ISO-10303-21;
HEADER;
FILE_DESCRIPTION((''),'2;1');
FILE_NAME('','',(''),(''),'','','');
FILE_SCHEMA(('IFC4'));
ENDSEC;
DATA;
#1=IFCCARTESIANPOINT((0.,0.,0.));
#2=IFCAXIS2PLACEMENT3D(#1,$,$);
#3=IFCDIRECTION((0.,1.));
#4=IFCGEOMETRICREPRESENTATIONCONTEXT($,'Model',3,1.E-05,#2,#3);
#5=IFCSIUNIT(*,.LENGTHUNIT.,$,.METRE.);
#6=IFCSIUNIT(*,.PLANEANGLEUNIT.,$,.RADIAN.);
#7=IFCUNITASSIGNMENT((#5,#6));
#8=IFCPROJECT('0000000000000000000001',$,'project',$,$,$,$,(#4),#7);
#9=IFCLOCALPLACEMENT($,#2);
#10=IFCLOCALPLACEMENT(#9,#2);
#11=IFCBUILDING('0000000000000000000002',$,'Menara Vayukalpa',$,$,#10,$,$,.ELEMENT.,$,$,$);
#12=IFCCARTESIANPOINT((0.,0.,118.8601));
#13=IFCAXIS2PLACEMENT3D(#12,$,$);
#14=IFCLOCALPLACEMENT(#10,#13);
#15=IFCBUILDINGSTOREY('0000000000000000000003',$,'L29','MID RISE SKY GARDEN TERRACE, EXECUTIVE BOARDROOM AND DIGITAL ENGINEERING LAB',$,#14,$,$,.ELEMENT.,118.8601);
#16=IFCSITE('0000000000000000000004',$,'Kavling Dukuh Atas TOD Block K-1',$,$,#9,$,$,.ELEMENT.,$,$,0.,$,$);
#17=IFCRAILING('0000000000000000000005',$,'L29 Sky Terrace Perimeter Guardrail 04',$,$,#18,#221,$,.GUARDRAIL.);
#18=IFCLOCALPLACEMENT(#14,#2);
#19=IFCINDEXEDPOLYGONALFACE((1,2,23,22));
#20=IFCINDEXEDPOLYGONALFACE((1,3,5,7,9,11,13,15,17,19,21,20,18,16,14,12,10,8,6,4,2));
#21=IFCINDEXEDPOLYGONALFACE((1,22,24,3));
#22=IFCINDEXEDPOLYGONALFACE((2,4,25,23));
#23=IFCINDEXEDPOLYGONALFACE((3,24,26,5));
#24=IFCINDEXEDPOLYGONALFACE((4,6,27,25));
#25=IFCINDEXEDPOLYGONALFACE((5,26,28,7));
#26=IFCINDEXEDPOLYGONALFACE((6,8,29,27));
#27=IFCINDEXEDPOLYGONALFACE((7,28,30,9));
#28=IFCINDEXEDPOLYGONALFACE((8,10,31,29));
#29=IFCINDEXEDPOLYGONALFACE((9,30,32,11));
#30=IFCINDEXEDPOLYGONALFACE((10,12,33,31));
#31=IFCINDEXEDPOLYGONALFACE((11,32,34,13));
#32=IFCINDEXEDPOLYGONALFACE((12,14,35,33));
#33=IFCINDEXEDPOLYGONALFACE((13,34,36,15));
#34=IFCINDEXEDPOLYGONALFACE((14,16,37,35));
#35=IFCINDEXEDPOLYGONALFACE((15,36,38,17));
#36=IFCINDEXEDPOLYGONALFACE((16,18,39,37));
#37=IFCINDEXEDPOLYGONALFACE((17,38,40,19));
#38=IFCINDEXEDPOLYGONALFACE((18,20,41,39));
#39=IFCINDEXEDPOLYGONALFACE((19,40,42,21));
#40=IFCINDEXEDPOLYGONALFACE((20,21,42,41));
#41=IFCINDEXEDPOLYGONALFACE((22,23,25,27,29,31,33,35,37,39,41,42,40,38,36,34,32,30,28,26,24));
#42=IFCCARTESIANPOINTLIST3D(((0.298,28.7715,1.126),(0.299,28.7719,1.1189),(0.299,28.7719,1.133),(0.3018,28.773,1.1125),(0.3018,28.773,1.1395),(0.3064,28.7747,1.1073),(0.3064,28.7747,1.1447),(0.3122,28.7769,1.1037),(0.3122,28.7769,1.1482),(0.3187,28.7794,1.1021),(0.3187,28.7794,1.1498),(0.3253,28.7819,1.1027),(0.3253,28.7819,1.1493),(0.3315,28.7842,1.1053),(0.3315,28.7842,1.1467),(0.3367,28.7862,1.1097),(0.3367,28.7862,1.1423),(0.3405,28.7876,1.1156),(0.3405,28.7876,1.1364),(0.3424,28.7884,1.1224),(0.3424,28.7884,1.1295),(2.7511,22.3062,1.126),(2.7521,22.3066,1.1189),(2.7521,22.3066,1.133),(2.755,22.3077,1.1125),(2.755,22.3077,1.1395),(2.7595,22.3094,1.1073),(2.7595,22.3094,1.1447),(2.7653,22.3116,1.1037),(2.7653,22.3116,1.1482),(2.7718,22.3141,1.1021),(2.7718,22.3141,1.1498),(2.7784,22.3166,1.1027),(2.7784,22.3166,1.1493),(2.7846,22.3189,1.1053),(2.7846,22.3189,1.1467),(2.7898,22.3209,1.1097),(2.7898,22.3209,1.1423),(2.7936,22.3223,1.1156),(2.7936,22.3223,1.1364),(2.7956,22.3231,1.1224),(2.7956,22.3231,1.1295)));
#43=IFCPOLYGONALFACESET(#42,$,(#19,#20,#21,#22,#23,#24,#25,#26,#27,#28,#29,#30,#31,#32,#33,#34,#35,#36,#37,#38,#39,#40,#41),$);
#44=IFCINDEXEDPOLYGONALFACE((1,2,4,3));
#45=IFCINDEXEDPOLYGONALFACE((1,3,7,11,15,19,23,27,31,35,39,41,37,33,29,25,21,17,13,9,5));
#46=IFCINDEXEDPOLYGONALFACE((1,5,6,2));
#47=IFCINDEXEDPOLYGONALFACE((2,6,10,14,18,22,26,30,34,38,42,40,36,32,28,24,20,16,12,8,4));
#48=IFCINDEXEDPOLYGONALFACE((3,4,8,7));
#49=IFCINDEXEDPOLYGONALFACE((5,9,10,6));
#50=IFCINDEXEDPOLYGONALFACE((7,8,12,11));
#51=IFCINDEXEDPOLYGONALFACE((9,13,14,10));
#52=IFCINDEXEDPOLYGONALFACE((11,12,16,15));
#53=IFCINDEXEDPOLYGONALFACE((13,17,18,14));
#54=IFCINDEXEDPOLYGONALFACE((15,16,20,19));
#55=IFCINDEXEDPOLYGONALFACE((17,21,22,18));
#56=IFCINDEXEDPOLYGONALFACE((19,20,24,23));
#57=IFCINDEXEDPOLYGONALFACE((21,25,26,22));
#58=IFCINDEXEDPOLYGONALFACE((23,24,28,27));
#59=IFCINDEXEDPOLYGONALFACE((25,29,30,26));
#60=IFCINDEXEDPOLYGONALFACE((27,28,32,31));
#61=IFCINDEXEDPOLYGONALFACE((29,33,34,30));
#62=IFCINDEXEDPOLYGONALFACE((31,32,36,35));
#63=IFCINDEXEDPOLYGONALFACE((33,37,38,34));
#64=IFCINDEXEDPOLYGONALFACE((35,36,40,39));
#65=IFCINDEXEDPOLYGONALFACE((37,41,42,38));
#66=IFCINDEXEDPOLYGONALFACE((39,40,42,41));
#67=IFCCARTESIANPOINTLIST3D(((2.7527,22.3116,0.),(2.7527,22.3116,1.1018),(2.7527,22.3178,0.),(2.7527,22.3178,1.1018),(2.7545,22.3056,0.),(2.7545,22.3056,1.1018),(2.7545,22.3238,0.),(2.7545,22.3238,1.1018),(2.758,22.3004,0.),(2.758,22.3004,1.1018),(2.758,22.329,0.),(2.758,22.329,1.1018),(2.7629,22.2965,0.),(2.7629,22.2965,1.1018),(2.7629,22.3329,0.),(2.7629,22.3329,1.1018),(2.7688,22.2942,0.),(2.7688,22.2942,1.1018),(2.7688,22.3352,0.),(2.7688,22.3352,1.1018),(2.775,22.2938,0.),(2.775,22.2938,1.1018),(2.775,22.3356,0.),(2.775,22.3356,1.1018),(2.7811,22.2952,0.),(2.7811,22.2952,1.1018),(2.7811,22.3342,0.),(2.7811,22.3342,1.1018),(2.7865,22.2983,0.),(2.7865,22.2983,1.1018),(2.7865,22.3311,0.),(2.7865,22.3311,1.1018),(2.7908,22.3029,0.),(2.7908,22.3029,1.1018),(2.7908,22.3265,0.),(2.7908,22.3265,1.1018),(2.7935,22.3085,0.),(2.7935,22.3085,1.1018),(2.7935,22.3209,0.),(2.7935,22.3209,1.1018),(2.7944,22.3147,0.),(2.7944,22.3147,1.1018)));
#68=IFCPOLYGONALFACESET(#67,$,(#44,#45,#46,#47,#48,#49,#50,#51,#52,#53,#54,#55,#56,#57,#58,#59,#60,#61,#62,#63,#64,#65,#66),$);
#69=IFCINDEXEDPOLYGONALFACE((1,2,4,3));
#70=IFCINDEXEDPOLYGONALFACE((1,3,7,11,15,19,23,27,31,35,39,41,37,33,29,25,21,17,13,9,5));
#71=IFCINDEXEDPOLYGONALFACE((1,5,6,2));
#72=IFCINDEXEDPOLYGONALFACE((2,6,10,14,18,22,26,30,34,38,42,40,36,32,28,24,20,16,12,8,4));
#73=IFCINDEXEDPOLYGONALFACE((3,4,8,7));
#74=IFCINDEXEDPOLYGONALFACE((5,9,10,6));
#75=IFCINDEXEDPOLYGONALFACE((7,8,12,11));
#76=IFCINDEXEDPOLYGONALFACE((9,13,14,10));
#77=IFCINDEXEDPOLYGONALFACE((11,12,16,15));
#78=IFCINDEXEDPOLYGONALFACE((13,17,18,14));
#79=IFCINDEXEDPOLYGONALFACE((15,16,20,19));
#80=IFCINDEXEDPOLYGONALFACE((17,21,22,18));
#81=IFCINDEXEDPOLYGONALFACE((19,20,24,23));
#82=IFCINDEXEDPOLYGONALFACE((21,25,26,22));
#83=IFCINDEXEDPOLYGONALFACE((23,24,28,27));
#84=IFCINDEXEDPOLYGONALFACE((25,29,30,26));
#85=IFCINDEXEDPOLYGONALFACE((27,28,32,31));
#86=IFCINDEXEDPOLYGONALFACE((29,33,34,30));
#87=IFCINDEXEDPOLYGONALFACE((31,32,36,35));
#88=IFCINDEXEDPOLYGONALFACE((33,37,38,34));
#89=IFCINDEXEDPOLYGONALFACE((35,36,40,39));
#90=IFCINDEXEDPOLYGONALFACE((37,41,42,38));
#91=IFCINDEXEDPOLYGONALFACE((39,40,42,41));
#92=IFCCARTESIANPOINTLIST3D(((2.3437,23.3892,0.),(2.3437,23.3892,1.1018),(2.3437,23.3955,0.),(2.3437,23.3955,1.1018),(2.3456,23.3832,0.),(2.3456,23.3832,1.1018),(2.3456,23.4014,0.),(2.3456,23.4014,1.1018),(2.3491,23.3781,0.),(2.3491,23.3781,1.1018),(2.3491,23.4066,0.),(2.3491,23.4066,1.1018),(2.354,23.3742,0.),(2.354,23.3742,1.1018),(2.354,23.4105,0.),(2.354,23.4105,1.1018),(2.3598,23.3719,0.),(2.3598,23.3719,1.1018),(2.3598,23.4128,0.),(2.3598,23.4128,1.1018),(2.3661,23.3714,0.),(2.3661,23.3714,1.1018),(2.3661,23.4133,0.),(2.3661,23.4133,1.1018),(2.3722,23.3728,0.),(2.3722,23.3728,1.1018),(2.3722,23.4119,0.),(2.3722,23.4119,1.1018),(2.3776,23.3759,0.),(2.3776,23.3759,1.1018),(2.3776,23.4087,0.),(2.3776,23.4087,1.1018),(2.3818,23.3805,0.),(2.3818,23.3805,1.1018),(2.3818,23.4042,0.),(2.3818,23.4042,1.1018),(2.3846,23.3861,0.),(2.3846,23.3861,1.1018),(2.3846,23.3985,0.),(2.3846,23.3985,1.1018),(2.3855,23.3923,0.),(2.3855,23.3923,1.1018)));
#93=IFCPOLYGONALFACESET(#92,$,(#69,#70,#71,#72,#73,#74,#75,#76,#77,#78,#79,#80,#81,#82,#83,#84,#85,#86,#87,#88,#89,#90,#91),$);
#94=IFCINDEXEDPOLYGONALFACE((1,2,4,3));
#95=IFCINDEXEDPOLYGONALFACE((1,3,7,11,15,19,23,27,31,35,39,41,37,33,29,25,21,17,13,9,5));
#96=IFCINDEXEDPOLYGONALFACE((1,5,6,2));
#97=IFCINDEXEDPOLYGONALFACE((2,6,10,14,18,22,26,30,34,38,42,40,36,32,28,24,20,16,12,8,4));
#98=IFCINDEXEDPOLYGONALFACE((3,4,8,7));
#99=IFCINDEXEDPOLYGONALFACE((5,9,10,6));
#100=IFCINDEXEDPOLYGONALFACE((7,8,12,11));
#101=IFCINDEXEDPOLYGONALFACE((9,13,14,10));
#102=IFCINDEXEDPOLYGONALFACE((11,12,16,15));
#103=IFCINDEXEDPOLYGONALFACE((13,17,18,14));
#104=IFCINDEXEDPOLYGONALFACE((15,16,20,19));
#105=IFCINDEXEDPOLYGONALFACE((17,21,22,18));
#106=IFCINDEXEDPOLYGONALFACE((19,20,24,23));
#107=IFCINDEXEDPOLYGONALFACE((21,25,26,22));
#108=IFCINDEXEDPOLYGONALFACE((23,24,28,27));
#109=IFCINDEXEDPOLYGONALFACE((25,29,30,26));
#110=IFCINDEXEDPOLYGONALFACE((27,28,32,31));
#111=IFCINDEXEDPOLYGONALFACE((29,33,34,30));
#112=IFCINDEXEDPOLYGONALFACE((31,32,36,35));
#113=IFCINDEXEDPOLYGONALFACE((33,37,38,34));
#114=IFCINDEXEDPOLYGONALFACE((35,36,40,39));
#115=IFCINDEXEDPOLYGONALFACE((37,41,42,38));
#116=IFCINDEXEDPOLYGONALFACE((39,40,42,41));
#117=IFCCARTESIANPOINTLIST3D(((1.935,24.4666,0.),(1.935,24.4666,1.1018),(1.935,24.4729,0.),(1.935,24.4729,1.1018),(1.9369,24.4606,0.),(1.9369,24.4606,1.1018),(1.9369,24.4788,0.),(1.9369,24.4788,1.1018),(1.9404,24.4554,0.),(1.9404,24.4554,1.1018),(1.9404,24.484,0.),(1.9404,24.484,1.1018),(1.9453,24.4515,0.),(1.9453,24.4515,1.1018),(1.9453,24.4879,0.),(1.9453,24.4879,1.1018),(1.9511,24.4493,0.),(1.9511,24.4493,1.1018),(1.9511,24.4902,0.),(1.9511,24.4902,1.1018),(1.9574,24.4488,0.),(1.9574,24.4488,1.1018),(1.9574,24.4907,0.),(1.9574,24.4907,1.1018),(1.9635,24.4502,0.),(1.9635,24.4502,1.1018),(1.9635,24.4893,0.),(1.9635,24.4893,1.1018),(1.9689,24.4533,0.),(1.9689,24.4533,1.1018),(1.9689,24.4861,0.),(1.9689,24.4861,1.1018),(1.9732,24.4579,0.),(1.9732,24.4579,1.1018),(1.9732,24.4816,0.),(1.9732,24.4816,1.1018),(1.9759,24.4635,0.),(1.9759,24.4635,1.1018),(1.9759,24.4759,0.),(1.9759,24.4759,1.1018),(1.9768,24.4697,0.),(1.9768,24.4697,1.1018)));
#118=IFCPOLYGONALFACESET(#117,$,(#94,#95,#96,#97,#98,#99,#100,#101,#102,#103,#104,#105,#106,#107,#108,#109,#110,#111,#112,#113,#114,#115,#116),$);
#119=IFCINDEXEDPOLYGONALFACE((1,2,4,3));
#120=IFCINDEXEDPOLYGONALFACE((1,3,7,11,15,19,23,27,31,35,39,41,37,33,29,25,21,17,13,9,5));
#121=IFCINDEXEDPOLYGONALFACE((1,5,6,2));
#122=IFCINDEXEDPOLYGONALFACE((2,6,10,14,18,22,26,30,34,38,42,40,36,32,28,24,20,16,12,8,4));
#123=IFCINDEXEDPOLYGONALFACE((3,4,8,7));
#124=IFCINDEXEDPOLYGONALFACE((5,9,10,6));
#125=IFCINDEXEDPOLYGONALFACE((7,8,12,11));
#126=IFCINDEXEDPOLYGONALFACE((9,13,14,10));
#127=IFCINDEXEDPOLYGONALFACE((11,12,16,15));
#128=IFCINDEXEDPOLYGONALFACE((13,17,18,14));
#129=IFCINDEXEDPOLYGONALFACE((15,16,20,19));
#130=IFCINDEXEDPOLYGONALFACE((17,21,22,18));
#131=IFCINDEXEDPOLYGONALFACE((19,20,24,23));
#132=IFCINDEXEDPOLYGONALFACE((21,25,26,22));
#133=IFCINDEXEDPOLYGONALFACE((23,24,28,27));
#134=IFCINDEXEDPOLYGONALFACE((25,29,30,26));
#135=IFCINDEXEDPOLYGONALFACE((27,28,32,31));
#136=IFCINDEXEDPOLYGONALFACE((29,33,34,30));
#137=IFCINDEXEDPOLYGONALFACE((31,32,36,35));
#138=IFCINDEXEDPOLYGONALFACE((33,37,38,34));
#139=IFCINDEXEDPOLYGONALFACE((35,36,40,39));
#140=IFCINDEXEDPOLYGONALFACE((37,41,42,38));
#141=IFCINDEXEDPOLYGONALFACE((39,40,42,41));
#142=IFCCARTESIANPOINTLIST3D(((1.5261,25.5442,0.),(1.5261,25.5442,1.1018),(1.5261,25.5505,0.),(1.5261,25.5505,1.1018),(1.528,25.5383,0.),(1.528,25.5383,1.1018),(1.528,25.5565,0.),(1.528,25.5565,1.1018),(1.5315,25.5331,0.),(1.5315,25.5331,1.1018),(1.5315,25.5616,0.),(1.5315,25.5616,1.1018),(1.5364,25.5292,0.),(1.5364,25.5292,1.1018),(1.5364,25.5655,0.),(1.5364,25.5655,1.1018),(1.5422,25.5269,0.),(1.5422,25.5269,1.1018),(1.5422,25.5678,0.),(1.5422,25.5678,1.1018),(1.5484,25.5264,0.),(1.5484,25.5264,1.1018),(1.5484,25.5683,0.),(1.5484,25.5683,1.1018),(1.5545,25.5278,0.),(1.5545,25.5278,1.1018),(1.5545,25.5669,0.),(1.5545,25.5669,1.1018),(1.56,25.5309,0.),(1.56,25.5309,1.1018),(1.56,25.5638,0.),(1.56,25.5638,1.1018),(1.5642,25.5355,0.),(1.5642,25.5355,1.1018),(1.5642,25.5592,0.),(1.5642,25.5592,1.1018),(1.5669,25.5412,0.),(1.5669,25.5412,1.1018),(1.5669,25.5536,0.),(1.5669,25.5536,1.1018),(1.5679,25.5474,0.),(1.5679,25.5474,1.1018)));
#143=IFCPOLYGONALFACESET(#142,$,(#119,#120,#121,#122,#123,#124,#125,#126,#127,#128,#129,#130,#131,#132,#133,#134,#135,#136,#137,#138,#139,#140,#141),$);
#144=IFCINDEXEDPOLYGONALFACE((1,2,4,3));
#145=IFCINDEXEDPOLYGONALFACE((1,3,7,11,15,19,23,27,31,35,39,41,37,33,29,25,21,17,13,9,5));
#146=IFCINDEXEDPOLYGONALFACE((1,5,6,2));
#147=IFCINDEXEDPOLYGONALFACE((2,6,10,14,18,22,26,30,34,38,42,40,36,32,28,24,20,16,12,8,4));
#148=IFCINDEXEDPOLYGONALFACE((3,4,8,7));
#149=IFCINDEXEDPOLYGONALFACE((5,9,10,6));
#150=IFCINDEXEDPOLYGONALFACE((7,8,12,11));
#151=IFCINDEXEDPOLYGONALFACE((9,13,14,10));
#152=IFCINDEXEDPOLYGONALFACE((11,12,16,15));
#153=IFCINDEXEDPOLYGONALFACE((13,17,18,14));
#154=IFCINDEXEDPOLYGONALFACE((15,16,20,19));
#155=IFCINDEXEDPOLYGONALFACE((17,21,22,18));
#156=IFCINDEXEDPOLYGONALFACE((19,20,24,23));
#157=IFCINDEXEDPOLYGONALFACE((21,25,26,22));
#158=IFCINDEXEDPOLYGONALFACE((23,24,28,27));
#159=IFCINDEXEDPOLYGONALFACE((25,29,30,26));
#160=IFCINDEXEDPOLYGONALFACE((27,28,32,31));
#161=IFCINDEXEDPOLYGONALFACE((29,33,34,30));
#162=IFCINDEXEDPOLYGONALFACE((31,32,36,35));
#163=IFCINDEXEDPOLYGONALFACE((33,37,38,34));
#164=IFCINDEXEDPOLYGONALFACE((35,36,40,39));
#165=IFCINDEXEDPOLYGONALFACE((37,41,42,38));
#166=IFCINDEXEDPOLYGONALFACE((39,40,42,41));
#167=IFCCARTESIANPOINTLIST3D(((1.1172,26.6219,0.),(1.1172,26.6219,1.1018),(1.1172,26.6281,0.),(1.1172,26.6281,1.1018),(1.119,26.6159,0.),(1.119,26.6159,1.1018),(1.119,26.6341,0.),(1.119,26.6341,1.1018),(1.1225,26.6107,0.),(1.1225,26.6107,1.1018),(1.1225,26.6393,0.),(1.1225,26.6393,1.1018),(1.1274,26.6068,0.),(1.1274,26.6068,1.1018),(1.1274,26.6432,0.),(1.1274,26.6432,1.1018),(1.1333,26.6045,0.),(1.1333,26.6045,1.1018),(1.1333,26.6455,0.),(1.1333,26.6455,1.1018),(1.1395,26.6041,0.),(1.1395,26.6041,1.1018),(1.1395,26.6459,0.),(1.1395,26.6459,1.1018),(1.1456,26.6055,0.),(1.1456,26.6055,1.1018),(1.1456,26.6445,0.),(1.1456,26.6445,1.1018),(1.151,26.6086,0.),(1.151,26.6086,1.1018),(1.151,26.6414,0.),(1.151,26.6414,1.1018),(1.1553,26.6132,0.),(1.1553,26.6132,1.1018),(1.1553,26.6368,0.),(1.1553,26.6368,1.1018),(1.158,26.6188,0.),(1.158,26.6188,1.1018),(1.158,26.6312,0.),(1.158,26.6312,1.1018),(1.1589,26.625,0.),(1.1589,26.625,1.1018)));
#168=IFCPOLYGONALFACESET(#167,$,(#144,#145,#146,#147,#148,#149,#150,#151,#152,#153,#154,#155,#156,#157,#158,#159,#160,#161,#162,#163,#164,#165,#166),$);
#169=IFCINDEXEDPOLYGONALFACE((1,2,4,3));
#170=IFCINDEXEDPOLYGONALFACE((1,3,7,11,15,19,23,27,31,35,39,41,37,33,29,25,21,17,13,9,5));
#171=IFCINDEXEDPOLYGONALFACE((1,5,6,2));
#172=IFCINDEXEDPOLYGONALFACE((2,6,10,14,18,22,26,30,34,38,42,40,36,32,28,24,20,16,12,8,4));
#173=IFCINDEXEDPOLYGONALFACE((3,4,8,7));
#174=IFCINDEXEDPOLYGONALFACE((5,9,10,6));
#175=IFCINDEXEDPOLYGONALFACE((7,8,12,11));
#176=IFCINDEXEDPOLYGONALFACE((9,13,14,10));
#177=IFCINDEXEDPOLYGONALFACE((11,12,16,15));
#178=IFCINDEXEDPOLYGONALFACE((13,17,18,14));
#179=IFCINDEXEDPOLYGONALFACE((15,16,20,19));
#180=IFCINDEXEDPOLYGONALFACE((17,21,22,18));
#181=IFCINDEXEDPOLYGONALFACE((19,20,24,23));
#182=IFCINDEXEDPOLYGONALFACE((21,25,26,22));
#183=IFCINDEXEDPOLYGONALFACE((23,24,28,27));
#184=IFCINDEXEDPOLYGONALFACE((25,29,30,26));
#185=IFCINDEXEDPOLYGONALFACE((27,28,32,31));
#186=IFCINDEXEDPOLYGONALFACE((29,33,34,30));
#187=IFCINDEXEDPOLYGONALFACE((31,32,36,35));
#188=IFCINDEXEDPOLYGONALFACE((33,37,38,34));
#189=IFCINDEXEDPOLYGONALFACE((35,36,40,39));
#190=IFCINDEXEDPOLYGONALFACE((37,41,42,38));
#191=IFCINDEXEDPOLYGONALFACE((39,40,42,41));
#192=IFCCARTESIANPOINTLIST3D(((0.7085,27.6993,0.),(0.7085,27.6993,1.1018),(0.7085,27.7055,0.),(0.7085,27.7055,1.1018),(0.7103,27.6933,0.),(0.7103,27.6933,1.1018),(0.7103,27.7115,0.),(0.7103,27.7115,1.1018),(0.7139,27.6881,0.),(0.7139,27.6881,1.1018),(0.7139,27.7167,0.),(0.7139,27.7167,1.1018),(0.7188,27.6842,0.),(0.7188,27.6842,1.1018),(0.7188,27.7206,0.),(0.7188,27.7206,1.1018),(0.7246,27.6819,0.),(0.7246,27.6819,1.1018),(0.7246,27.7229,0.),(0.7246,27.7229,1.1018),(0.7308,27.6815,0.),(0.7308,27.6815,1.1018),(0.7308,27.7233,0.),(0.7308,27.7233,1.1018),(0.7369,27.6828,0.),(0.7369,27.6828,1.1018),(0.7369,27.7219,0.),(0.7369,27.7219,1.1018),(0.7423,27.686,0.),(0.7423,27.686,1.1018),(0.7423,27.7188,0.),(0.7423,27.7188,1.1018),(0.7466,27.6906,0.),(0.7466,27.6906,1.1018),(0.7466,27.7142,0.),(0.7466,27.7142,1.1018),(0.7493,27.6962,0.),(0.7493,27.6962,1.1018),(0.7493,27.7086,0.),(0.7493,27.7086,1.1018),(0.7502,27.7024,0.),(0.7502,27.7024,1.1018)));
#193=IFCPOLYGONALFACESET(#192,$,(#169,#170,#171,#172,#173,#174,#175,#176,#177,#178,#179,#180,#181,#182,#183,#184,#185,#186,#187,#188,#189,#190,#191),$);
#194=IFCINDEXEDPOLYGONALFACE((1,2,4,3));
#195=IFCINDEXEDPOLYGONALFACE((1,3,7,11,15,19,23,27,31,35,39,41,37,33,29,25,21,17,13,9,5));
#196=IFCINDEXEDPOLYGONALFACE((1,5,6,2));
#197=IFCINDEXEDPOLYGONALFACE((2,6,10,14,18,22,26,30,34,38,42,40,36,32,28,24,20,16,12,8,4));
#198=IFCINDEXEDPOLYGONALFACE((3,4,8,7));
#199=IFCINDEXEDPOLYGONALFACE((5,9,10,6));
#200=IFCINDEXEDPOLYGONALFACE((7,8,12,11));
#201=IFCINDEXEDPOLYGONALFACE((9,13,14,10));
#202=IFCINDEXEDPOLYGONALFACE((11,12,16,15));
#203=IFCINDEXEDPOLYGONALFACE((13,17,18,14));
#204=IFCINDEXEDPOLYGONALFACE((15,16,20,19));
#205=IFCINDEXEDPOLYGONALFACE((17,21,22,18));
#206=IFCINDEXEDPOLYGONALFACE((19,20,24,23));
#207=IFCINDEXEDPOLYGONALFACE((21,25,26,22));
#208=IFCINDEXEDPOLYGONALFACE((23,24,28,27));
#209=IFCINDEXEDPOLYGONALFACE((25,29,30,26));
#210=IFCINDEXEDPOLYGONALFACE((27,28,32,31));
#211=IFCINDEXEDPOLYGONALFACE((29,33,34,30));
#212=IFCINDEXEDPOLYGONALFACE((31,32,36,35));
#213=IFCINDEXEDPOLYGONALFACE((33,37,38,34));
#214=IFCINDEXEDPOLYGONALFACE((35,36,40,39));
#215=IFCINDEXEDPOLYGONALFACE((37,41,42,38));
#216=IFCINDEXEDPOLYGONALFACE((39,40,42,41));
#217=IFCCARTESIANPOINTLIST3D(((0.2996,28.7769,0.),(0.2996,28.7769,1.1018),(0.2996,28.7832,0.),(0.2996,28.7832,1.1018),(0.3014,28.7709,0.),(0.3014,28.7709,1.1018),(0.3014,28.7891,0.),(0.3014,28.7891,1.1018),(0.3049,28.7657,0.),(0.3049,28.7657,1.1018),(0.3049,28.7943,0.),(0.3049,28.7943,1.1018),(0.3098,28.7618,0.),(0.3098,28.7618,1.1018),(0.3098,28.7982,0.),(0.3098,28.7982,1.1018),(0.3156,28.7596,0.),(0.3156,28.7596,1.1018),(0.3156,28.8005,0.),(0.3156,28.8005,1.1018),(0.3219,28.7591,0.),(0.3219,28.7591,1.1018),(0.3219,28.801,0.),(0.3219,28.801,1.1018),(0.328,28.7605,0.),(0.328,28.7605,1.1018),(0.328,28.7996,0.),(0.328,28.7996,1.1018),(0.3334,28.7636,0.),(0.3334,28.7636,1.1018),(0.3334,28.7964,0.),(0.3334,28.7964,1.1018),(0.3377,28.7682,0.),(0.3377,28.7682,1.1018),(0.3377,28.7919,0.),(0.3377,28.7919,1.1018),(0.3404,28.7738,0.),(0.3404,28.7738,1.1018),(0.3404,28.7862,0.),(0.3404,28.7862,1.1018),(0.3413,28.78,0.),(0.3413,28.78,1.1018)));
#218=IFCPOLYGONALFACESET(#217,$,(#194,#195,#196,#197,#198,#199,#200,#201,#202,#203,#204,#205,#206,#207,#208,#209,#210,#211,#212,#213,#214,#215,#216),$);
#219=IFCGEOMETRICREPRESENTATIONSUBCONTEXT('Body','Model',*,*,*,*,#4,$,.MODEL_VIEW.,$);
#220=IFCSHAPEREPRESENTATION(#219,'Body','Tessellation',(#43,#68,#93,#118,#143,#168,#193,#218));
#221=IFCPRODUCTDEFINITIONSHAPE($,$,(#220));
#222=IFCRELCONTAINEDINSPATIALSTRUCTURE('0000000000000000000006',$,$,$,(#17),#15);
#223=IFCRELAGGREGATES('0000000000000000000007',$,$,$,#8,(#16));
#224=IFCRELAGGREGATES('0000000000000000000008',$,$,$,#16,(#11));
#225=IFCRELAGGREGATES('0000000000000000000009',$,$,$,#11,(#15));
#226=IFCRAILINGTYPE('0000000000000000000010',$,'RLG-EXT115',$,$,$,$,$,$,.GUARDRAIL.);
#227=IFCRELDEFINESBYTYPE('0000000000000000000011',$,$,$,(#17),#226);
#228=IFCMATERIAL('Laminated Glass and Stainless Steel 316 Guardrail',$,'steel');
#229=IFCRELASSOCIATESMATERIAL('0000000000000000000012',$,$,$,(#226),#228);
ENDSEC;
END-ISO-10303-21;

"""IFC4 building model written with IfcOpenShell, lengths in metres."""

from ifc_helpers import new_model, si_unit, direction, frame, origin, origin_2d, place, context, subcontext, project, spatial, circle, extrude, material, type_object, element, save


model = new_model("IFC4")

# Units and contexts
model_context = context("Model", 3, precision=1e-05, world=origin(), true_north=direction((0.0, 1.0)))
body_context = subcontext(model_context, "Body", "Model", "MODEL_VIEW")
ifc_project = project(units=[si_unit("LENGTHUNIT", "METRE"), si_unit("PLANEANGLEUNIT", "RADIAN")], contexts=[model_context])

# Site, building, storey
site_placement = place(None, origin())
site = spatial("IfcSite", under=ifc_project, at=site_placement, Name="Kavling Dukuh Atas TOD Block K-1", CompositionType="ELEMENT", RefElevation=0.0)
building_placement = place(site_placement, origin())
building = spatial("IfcBuilding", under=site, at=building_placement, Name="Menara Vayukalpa", CompositionType="ELEMENT")
storey_placement = place(building_placement, frame((0.0, 0.0, 118.8601)))
storey = spatial("IfcBuildingStorey", under=building, at=storey_placement, Name="L29", Description="MID RISE SKY GARDEN TERRACE, EXECUTIVE BOARDROOM AND DIGITAL ENGINEERING LAB", CompositionType="ELEMENT", Elevation=118.8601)

# Railing
ifc_material_1 = material(Name="Laminated Glass and Stainless Steel 316 Guardrail", Category="steel")
railing_type = type_object("IfcRailingType", Name="RLG-EXT115", PredefinedType="GUARDRAIL", material=ifc_material_1)
railing_1_placement = place(storey_placement, frame((2.7734, 22.3147, 0.0)))
element("IfcRailing", 1, at=railing_1_placement, inside=storey, type_object=railing_type, Name="L29 Sky Terrace Perimeter Guardrail 04", PredefinedType="GUARDRAIL", context=body_context, shape_type="SweptSolid", body=[
    extrude(circle(Radius=0.0239, at=origin_2d()), frame((0.0, 0.0, 1.126), z_axis=(-0.35475, 0.934961, 0.0), x_axis=(-0.934961, -0.35475, 0.0)), (0.0, 0.0, 1.0), 6.915),
    extrude(circle(Radius=0.021, at=origin_2d()), origin(), (0.0, 0.0, 1.0), 1.1018),
    extrude(circle(Radius=0.021, at=origin_2d()), frame((-0.4089, 1.0776, 0.0)), (0.0, 0.0, 1.0), 1.1018),
    extrude(circle(Radius=0.021, at=origin_2d()), frame((-0.8176, 2.155, 0.0)), (0.0, 0.0, 1.0), 1.1018),
    extrude(circle(Radius=0.021, at=origin_2d()), frame((-1.2266, 3.2327, 0.0)), (0.0, 0.0, 1.0), 1.1018),
    extrude(circle(Radius=0.021, at=origin_2d()), frame((-1.6355, 4.3103, 0.0)), (0.0, 0.0, 1.0), 1.1018),
    extrude(circle(Radius=0.021, at=origin_2d()), frame((-2.0442, 5.3877, 0.0)), (0.0, 0.0, 1.0), 1.1018),
    extrude(circle(Radius=0.021, at=origin_2d()), frame((-2.4531, 6.4653, 0.0)), (0.0, 0.0, 1.0), 1.1018),
])

save(model, "model.ifc")
